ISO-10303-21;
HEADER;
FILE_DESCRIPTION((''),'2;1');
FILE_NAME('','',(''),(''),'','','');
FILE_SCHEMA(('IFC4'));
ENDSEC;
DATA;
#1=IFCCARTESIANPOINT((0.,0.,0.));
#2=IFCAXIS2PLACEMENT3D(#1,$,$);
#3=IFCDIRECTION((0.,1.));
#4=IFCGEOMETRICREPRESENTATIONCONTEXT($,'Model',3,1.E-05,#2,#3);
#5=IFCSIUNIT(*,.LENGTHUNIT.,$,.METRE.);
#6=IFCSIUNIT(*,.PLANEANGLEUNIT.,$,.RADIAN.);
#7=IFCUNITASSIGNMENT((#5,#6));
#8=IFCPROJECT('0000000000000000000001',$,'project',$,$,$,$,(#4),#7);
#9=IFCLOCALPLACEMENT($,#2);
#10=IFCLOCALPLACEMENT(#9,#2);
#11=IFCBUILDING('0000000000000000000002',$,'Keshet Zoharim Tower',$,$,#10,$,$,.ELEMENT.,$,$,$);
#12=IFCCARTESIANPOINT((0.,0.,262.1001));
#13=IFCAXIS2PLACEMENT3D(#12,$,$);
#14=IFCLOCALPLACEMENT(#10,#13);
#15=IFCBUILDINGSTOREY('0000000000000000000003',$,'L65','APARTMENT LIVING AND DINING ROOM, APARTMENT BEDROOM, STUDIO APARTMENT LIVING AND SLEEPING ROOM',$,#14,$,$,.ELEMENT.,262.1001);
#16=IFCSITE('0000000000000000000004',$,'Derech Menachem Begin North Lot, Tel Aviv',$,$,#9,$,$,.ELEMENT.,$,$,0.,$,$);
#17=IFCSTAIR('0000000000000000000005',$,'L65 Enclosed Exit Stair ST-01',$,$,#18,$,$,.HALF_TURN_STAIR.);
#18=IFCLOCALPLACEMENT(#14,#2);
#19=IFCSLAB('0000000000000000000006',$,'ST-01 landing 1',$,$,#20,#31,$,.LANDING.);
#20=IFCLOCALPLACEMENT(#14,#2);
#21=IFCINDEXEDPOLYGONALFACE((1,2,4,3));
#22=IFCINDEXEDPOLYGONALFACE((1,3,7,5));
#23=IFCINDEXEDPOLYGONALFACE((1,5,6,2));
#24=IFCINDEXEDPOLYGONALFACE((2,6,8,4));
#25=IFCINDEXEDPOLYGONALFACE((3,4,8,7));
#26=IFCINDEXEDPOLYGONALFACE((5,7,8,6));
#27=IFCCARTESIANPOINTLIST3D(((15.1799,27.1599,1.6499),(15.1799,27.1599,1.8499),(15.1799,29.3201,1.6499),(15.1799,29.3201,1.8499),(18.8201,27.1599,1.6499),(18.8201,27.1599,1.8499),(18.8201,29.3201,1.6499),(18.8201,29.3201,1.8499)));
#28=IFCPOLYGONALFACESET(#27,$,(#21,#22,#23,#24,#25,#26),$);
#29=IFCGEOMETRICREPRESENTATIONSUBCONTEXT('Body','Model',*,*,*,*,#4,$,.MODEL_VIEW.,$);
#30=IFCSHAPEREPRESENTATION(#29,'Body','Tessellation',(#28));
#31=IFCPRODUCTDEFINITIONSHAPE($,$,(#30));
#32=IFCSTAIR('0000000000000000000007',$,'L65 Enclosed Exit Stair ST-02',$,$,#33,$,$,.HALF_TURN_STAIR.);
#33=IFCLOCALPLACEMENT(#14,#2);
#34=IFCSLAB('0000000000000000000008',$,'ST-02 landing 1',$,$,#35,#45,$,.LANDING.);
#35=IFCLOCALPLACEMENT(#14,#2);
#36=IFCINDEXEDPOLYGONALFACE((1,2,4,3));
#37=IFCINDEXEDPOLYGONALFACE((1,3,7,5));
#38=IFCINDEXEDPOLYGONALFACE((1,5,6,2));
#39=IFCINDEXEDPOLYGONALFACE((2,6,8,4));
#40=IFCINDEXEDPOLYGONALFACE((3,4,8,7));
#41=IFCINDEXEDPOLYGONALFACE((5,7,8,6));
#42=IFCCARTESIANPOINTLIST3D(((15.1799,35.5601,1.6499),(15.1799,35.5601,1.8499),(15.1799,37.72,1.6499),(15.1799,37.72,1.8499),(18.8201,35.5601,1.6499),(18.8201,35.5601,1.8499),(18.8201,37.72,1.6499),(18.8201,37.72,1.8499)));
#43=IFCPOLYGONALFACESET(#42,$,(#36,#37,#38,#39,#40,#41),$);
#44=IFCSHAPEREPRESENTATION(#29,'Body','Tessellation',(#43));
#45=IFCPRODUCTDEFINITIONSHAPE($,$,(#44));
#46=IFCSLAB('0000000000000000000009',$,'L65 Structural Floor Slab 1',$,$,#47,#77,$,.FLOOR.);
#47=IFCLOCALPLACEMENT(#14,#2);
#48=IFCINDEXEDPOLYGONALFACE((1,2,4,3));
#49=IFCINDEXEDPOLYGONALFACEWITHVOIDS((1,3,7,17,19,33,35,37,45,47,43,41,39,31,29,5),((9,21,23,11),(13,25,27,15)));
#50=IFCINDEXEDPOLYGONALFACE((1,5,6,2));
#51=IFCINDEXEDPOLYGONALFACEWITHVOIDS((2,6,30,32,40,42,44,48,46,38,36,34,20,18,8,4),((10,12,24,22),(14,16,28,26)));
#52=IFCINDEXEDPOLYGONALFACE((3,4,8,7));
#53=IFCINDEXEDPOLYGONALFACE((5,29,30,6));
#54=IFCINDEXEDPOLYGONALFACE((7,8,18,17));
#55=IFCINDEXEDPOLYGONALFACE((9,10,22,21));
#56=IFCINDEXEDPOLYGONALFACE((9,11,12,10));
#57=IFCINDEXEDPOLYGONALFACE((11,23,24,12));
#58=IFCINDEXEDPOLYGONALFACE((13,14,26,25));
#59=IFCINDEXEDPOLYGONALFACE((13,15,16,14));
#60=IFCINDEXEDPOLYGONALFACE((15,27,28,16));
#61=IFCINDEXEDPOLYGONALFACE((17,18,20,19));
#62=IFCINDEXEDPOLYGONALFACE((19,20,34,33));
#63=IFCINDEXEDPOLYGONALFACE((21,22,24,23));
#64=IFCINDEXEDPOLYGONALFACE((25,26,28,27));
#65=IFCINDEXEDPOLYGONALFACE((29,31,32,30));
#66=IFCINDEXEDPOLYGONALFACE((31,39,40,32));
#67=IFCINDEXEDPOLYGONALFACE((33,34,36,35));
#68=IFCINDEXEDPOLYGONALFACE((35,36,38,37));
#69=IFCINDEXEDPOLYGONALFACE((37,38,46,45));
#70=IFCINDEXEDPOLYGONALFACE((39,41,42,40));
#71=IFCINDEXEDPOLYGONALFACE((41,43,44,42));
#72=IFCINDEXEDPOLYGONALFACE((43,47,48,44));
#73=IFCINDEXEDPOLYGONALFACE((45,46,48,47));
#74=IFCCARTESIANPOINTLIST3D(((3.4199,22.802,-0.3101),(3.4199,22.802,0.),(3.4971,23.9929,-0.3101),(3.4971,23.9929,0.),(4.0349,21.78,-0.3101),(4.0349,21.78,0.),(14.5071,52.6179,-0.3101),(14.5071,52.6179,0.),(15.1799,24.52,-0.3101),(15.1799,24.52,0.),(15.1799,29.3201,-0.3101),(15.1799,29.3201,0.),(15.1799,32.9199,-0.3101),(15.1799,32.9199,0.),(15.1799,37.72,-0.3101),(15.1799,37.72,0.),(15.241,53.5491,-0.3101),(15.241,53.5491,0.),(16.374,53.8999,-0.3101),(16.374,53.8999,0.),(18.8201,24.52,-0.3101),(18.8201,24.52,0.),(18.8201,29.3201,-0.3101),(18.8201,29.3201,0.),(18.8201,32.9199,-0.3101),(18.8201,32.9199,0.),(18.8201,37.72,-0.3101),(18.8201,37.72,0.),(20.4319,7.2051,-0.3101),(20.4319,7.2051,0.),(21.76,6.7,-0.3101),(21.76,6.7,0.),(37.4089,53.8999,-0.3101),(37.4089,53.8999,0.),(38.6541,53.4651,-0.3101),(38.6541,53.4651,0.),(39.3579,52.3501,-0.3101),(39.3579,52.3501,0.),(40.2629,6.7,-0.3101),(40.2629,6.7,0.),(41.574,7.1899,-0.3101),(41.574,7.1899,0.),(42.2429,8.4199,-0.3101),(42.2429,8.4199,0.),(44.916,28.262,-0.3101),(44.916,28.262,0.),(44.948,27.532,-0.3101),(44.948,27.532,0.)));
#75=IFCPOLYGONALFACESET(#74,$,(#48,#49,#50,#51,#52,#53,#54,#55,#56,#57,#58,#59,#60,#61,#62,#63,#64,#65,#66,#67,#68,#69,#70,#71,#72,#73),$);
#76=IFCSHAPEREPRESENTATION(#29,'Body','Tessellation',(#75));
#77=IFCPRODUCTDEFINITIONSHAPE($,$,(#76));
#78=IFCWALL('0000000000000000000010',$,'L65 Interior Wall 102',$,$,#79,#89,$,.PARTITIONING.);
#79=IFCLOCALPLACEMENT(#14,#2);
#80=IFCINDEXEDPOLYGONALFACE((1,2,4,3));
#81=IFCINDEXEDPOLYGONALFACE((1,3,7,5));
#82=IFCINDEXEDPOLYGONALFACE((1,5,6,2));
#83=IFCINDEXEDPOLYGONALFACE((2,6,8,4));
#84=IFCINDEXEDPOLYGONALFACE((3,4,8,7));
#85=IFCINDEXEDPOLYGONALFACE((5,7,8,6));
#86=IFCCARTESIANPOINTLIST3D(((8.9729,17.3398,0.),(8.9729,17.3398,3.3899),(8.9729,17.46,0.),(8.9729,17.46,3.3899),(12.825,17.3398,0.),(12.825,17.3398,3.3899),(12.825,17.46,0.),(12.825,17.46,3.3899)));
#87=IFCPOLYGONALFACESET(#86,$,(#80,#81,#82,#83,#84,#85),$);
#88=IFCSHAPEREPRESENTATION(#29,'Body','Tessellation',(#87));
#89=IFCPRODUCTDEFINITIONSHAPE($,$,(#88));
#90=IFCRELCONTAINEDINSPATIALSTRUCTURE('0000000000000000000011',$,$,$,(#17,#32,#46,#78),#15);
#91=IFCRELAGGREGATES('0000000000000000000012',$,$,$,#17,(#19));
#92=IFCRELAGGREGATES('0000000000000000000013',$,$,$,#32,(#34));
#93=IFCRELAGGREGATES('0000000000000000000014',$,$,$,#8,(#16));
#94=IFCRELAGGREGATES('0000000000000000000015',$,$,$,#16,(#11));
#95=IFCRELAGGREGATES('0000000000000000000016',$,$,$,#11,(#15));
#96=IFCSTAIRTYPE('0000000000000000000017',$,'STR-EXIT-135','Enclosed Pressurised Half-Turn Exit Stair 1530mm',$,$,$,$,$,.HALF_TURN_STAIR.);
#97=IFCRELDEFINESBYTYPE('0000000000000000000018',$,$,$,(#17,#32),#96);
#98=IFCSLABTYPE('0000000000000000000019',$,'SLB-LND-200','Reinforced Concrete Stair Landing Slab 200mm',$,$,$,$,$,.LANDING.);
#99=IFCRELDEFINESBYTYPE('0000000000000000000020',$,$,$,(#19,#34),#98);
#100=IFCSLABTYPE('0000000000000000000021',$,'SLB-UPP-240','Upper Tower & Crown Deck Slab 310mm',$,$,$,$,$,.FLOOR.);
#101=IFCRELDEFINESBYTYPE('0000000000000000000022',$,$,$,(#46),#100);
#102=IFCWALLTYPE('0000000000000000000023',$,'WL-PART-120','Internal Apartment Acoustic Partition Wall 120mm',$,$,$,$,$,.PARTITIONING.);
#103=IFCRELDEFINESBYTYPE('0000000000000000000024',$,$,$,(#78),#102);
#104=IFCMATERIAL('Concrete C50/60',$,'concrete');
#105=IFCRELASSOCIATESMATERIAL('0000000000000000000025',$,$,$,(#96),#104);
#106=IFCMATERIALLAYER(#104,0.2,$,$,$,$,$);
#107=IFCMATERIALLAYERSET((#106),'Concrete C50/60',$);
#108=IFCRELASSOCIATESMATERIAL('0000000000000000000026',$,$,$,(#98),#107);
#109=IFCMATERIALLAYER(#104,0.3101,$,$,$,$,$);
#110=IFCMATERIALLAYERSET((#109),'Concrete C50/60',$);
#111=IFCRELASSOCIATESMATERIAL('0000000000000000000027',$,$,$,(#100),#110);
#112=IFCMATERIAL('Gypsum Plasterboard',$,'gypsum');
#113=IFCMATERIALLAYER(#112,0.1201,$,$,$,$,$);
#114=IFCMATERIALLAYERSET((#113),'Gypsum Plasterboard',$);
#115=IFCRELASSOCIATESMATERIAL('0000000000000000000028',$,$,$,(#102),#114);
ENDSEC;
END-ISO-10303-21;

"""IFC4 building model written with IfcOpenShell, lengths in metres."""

from ifc_helpers import new_model, si_unit, direction, frame, frame_2d, origin, place, context, subcontext, project, spatial, polyline, rectangle, outline, extrude, material, layer, layer_set, type_object, element, aggregate, save


model = new_model("IFC4")

# Units and contexts
model_context = context("Model", 3, precision=1e-05, world=origin(), true_north=direction((0.0, 1.0)))
body_context = subcontext(model_context, "Body", "Model", "MODEL_VIEW")
ifc_project = project(units=[si_unit("LENGTHUNIT", "METRE"), si_unit("PLANEANGLEUNIT", "RADIAN")], contexts=[model_context])

# Site, building, storey
site_placement = place(None, origin())
site = spatial("IfcSite", under=ifc_project, at=site_placement, Name="Derech Menachem Begin North Lot, Tel Aviv", CompositionType="ELEMENT", RefElevation=0.0)
building_placement = place(site_placement, origin())
building = spatial("IfcBuilding", under=site, at=building_placement, Name="Keshet Zoharim Tower", CompositionType="ELEMENT")
storey_placement = place(building_placement, frame((0.0, 0.0, 262.1001)))
storey = spatial("IfcBuildingStorey", under=building, at=storey_placement, Name="L65", Description="APARTMENT LIVING AND DINING ROOM, APARTMENT BEDROOM, STUDIO APARTMENT LIVING AND SLEEPING ROOM", CompositionType="ELEMENT", Elevation=262.1001)

# Shared definitions
ifc_material_1 = material(Name="Concrete C50/60", Category="concrete")

# Stairs, slabs
stair_type = type_object("IfcStairType", Name="STR-EXIT-135", Description="Enclosed Pressurised Half-Turn Exit Stair 1530mm", PredefinedType="HALF_TURN_STAIR", material=ifc_material_1)
stair_1_placement = place(storey_placement, origin())
stair_1 = element("IfcStair", 1, at=stair_1_placement, inside=storey, type_object=stair_type, Name="L65 Enclosed Exit Stair ST-01", PredefinedType="HALF_TURN_STAIR")
ifc_layer_1 = layer(ifc_material_1, 0.2)
ifc_layer_set_1 = layer_set([ifc_layer_1], Name="Concrete C50/60")
slab_type_1 = type_object("IfcSlabType", Name="SLB-LND-200", Description="Reinforced Concrete Stair Landing Slab 200mm", PredefinedType="LANDING", material=ifc_layer_set_1)
slab_1_placement = place(storey_placement, frame((0.0, 0.0, 1.6499)))
slab_1 = element("IfcSlab", 2, at=slab_1_placement, type_object=slab_type_1, Name="ST-01 landing 1", PredefinedType="LANDING", context=body_context, shape_type="SweptSolid", body=[
    extrude(outline(polyline([(15.1799, 27.1599), (18.8201, 27.1599), (18.8201, 29.3201), (15.1799, 29.3201), (15.1799, 27.1599)])), origin(), (0.0, 0.0, 1.0), 0.2),
])
aggregate(stair_1, [slab_1])
stair_2_placement = place(storey_placement, origin())
stair_2 = element("IfcStair", 3, at=stair_2_placement, inside=storey, type_object=stair_type, Name="L65 Enclosed Exit Stair ST-02", PredefinedType="HALF_TURN_STAIR")
slab_2_placement = place(storey_placement, frame((0.0, 0.0, 1.6499)))
slab_2 = element("IfcSlab", 4, at=slab_2_placement, type_object=slab_type_1, Name="ST-02 landing 1", PredefinedType="LANDING", context=body_context, shape_type="SweptSolid", body=[
    extrude(outline(polyline([(15.1799, 35.5601), (18.8201, 35.5601), (18.8201, 37.72), (15.1799, 37.72), (15.1799, 35.5601)])), origin(), (0.0, 0.0, 1.0), 0.2),
])
aggregate(stair_2, [slab_2])

# Slab
ifc_layer_2 = layer(ifc_material_1, 0.3101)
ifc_layer_set_2 = layer_set([ifc_layer_2], Name="Concrete C50/60")
slab_type_2 = type_object("IfcSlabType", Name="SLB-UPP-240", Description="Upper Tower & Crown Deck Slab 310mm", PredefinedType="FLOOR", material=ifc_layer_set_2)
slab_3_placement = place(storey_placement, frame((0.0, 0.0, -0.3101)))
element("IfcSlab", 5, at=slab_3_placement, inside=storey, type_object=slab_type_2, Name="L65 Structural Floor Slab 1", PredefinedType="FLOOR", context=body_context, shape_type="SweptSolid", body=[
    extrude(outline(polyline([(4.0349, 21.78), (3.4199, 22.802), (3.4971, 23.9929), (14.5071, 52.6179), (15.241, 53.5491), (16.374, 53.8999), (37.4089, 53.8999), (38.6541, 53.4651), (39.3579, 52.3501), (44.916, 28.262), (44.948, 27.532), (42.2429, 8.4199), (41.574, 7.1899), (40.2629, 6.7), (21.76, 6.7), (20.4319, 7.2051), (4.0349, 21.78)]), holes=[polyline([(15.1799, 24.52), (18.8201, 24.52), (18.8201, 29.3201), (15.1799, 29.3201), (15.1799, 24.52)]), polyline([(15.1799, 32.9199), (18.8201, 32.9199), (18.8201, 37.72), (15.1799, 37.72), (15.1799, 32.9199)])]), origin(), (0.0, 0.0, 1.0), 0.3101),
])

# Shared definitions
ifc_material_2 = material(Name="Gypsum Plasterboard", Category="gypsum")

# Wall
ifc_layer_3 = layer(ifc_material_2, 0.1201)
ifc_layer_set_3 = layer_set([ifc_layer_3], Name="Gypsum Plasterboard")
wall_type_1 = type_object("IfcWallType", Name="WL-PART-120", Description="Internal Apartment Acoustic Partition Wall 120mm", PredefinedType="PARTITIONING", material=ifc_layer_set_3)
wall_1_placement = place(storey_placement, frame((8.9729, 17.3999, 0.0), z_axis=(0.0, 0.0, 1.0), x_axis=(1.0, 0.0, 0.0)))
element("IfcWall", 6, at=wall_1_placement, inside=storey, type_object=wall_type_1, Name="L65 Interior Wall 102", PredefinedType="PARTITIONING", context=body_context, shape_type="SweptSolid", body=[
    extrude(rectangle(XDim=3.8521, YDim=0.1201, at=frame_2d((1.926, 0.0))), origin(), (0.0, 0.0, 1.0), 3.3899),
])

save(model, "model.ifc")
